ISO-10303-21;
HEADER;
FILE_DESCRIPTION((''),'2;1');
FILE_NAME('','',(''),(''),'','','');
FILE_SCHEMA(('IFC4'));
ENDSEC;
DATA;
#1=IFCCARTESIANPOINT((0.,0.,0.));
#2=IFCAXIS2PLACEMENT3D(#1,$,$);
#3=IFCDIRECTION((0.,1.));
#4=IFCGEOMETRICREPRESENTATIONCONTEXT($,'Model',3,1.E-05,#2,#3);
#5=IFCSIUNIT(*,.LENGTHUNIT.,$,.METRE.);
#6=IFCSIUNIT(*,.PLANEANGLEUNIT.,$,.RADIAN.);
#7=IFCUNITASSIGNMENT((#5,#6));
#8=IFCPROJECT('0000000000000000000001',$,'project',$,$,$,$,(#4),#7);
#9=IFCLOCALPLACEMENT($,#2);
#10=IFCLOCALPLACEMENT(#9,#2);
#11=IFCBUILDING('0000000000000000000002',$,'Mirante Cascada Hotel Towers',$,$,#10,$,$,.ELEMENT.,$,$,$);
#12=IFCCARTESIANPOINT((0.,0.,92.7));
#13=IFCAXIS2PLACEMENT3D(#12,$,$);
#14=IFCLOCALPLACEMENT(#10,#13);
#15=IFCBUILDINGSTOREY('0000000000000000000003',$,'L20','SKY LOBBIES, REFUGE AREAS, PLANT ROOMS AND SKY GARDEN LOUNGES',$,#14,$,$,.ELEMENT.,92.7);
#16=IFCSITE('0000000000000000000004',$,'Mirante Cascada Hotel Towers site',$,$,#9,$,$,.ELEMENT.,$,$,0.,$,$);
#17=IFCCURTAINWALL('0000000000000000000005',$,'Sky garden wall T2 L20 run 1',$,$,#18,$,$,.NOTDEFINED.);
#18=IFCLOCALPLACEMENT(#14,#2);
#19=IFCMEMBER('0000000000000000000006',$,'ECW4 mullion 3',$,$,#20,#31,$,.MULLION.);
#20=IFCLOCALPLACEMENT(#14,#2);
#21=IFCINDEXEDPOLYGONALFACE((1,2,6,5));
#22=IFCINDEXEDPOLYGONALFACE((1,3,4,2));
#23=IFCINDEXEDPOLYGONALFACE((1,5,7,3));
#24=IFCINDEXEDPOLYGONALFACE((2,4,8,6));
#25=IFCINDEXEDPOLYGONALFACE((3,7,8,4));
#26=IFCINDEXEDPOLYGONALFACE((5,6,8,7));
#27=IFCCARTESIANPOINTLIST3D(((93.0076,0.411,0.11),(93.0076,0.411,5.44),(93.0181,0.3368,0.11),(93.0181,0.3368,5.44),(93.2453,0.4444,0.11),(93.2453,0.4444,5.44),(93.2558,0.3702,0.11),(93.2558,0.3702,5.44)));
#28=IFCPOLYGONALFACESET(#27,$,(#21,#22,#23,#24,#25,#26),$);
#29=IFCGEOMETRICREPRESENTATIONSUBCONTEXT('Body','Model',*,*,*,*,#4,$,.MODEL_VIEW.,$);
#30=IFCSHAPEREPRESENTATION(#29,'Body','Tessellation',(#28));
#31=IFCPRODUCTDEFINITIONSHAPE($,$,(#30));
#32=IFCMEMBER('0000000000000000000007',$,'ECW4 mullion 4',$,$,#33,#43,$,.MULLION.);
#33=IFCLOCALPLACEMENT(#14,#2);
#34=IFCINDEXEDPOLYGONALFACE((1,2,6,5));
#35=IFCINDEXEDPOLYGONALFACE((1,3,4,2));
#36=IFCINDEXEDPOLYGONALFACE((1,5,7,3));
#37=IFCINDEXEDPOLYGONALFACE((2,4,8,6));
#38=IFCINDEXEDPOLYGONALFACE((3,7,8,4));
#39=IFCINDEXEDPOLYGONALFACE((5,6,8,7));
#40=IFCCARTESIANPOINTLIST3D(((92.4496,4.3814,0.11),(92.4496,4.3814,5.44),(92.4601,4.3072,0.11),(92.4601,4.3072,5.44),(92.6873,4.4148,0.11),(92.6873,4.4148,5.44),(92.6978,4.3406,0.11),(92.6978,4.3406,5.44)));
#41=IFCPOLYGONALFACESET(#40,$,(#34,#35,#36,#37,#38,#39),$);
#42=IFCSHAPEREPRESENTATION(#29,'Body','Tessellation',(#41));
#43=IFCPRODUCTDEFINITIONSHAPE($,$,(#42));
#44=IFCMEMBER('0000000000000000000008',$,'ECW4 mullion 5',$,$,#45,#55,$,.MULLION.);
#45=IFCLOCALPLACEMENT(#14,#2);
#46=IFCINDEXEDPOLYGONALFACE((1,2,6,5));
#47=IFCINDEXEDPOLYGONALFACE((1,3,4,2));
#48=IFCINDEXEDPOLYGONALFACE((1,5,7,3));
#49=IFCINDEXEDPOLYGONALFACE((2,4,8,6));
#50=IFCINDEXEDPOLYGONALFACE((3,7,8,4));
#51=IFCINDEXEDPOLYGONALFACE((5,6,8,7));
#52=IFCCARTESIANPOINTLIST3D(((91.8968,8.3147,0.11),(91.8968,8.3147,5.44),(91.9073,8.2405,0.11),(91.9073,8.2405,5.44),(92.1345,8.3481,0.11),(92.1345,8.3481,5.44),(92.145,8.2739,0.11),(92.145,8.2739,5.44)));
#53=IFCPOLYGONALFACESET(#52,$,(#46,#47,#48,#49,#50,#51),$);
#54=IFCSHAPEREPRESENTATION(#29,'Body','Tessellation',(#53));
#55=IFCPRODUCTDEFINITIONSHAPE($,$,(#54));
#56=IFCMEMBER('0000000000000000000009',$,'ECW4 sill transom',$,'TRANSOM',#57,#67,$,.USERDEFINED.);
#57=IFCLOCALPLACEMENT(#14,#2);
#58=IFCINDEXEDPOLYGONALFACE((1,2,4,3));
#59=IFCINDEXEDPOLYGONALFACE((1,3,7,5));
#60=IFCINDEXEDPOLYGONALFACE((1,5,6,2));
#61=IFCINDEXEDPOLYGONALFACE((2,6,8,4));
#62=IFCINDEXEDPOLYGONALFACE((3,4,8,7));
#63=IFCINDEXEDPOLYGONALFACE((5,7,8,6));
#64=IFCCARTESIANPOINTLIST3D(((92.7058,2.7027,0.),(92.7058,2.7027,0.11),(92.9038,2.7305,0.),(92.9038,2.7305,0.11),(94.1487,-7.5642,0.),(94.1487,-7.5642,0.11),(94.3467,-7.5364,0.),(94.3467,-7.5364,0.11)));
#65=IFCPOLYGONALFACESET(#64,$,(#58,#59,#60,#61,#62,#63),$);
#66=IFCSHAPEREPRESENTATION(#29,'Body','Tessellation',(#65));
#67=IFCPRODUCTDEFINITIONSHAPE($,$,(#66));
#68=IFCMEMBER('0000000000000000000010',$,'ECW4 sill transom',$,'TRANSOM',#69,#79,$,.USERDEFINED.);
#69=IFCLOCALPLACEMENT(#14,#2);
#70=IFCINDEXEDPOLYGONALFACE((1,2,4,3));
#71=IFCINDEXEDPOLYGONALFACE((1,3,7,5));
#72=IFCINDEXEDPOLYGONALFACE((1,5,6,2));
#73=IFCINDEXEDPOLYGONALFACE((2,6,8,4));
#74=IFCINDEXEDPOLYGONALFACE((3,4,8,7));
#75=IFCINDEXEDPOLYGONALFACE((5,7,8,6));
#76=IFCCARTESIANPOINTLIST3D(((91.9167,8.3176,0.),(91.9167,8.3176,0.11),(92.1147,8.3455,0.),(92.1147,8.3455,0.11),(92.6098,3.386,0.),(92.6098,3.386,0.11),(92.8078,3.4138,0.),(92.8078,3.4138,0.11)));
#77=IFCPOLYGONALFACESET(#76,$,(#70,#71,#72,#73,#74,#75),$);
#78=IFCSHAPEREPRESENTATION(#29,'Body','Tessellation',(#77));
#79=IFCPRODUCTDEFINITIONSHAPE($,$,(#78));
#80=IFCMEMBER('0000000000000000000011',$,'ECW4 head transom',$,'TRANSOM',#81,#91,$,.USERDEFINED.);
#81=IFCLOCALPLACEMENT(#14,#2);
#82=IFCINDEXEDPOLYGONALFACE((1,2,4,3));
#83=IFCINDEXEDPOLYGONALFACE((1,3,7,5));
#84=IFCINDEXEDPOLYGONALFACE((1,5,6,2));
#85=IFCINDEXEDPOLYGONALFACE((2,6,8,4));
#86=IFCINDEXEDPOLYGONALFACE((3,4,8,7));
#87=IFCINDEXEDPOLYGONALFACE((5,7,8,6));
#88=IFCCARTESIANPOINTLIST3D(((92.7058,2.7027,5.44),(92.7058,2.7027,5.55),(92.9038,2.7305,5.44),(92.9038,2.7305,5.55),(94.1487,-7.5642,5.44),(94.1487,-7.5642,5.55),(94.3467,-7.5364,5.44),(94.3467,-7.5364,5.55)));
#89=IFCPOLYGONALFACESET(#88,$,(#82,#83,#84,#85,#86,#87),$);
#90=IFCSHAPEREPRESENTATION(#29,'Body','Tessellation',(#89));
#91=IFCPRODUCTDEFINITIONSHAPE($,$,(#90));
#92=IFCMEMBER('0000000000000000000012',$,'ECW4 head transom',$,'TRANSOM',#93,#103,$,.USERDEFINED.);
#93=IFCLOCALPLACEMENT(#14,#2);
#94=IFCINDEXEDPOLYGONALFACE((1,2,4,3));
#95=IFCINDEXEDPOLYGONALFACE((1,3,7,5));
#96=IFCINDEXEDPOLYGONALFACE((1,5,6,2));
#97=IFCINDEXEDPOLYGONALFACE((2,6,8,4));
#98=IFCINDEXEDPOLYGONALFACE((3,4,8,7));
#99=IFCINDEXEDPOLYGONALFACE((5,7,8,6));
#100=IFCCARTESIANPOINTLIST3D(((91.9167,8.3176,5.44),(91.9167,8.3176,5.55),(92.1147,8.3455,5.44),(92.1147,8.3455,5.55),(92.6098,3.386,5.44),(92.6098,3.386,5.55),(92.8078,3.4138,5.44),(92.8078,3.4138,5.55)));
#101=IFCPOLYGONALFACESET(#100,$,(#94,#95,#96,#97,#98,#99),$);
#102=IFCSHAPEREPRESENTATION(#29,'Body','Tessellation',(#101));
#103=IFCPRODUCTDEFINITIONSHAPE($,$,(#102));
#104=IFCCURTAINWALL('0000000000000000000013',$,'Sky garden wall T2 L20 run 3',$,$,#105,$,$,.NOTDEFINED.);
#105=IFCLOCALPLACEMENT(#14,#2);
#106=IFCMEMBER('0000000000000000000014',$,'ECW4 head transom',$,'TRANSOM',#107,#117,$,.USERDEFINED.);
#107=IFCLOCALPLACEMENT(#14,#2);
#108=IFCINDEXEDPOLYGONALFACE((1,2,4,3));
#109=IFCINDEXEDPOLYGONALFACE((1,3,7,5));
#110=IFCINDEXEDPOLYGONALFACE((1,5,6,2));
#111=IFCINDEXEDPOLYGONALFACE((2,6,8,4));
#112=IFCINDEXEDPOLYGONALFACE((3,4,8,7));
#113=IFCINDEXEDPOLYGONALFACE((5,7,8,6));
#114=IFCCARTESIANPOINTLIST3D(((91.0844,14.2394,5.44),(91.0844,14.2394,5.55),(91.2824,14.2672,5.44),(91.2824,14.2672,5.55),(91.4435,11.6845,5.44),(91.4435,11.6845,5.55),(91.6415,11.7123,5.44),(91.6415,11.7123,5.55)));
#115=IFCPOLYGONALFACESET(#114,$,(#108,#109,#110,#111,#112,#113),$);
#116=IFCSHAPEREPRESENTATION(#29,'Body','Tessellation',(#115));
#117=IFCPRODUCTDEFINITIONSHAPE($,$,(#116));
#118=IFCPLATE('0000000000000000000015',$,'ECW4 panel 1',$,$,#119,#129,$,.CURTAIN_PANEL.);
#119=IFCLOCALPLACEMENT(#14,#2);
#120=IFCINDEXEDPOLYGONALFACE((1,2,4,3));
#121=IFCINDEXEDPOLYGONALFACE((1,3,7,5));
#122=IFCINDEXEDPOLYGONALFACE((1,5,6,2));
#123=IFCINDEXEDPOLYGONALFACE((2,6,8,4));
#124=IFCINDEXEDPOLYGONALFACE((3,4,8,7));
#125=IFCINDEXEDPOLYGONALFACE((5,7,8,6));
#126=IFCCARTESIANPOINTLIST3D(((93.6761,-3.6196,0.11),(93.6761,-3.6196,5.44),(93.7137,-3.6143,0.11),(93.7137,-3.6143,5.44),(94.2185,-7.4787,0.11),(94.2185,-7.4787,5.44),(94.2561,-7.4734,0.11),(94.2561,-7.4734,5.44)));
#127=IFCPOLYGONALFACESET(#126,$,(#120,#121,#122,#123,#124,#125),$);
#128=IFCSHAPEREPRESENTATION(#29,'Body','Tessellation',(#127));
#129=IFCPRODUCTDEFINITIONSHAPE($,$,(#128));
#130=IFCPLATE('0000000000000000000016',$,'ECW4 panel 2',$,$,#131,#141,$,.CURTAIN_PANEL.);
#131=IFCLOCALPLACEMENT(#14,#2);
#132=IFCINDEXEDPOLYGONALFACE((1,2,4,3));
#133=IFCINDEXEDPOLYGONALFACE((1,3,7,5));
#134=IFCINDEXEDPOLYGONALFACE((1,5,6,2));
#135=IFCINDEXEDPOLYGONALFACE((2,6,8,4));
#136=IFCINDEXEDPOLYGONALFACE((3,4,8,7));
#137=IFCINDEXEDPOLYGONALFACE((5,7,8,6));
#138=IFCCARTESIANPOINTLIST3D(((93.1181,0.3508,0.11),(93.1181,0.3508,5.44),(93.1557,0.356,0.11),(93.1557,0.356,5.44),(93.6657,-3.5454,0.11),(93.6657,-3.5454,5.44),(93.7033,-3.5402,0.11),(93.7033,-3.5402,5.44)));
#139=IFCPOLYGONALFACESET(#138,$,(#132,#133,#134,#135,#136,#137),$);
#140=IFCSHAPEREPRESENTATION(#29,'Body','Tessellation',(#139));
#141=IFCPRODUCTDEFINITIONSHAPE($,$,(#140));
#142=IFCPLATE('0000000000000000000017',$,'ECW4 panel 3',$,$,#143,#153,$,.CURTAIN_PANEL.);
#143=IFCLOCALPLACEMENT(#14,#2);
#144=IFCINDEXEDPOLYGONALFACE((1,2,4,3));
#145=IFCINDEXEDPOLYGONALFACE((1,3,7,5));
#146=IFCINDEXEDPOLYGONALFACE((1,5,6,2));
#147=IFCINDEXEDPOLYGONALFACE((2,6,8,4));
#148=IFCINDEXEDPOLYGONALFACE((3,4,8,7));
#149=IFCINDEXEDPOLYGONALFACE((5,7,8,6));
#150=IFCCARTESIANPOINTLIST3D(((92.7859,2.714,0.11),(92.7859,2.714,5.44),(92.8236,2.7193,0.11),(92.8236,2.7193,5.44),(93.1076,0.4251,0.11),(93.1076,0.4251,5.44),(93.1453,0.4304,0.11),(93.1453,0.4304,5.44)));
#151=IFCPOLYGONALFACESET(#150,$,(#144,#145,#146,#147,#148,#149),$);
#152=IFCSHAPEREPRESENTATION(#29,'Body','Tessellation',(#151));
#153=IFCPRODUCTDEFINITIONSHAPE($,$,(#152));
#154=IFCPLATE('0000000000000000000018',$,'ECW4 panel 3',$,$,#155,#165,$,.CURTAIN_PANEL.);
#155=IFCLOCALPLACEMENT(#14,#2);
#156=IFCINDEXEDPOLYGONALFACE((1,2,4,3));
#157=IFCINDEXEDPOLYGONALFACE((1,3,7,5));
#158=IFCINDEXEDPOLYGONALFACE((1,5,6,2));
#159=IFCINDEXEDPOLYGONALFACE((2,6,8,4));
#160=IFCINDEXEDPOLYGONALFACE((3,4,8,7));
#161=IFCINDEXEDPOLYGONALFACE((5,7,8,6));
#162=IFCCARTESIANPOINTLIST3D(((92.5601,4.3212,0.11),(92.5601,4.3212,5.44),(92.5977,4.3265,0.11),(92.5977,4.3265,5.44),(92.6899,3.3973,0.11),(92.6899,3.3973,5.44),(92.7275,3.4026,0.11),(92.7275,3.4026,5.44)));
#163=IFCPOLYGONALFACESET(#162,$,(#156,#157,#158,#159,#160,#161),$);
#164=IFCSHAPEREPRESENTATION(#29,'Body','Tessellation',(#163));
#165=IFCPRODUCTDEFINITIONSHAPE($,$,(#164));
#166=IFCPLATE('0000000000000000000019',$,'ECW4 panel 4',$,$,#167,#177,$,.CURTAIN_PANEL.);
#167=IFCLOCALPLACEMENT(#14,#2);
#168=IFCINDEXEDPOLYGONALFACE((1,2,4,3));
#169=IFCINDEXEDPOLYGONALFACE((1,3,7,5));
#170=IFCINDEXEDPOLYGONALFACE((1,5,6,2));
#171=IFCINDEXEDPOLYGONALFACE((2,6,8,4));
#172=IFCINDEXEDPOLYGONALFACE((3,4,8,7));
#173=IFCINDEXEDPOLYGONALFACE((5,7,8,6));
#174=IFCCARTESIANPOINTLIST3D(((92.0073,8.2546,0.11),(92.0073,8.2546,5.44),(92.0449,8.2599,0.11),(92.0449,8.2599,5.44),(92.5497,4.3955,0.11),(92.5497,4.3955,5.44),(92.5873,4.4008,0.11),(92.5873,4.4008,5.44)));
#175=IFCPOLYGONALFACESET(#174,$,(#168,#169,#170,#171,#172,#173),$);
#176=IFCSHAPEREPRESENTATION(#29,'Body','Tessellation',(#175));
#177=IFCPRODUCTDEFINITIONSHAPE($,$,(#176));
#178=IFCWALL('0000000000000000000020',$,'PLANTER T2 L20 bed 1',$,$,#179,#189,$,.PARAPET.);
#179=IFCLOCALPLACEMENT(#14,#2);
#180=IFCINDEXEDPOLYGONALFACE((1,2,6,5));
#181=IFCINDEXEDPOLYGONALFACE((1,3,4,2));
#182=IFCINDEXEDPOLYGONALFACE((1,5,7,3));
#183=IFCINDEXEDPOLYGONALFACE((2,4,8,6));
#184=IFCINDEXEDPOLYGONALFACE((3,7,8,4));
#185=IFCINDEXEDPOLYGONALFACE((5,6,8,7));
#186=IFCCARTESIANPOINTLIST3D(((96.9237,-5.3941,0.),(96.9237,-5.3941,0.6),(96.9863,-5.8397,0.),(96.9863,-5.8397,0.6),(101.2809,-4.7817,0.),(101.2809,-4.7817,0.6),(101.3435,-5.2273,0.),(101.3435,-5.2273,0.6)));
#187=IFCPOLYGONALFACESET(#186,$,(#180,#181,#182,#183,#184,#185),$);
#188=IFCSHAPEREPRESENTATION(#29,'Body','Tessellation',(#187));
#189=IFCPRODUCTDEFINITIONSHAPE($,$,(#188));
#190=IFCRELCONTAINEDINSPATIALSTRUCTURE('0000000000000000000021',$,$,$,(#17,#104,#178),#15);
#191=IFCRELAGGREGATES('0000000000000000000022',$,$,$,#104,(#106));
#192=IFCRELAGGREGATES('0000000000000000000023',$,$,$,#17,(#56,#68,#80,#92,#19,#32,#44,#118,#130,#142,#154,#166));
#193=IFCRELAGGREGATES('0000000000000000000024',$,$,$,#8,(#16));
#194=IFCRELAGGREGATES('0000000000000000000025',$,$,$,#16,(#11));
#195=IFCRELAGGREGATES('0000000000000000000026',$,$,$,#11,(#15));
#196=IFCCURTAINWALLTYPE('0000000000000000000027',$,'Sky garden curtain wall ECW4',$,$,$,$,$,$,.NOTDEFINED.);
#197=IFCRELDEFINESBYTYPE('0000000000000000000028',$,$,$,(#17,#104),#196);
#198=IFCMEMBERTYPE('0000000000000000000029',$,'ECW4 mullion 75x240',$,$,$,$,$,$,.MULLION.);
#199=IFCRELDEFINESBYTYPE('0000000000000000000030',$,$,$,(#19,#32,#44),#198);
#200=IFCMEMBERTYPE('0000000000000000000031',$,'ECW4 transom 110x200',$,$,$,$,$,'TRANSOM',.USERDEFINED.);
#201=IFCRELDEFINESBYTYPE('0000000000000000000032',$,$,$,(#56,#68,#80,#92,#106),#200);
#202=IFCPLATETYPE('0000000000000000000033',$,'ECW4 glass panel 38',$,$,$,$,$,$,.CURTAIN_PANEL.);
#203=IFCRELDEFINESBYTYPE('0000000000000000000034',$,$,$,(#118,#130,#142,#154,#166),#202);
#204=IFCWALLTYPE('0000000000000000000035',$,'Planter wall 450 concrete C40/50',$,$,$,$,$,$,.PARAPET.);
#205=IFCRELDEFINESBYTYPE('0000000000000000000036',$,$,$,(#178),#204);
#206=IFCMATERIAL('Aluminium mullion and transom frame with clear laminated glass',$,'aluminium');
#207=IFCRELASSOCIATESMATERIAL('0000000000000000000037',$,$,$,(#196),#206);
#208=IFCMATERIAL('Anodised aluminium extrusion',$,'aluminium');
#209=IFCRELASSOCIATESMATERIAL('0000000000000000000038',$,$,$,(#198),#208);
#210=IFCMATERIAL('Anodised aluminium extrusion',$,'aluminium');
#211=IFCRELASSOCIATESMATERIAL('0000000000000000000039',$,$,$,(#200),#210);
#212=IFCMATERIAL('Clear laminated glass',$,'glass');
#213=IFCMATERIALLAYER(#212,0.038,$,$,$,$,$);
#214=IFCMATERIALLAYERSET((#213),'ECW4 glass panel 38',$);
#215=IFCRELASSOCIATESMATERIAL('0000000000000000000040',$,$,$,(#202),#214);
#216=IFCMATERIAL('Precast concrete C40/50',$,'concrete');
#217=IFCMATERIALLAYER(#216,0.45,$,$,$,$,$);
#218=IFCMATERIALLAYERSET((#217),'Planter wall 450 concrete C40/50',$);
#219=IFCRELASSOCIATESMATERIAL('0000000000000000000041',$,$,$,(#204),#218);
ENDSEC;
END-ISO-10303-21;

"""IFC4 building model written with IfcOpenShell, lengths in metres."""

from ifc_helpers import new_model, si_unit, direction, frame, frame_2d, origin, origin_2d, place, context, subcontext, project, spatial, rectangle, extrude, material, layer, layer_set, material_profile, profile_set, type_object, element, aggregate, save


model = new_model("IFC4")

# Units and contexts
model_context = context("Model", 3, precision=1e-05, world=origin(), true_north=direction((0.0, 1.0)))
body_context = subcontext(model_context, "Body", "Model", "MODEL_VIEW")
ifc_project = project(units=[si_unit("LENGTHUNIT", "METRE"), si_unit("PLANEANGLEUNIT", "RADIAN")], contexts=[model_context])

# Site, building, storey
site_placement = place(None, origin())
site = spatial("IfcSite", under=ifc_project, at=site_placement, Name="Mirante Cascada Hotel Towers site", CompositionType="ELEMENT", RefElevation=0.0)
building_placement = place(site_placement, origin())
building = spatial("IfcBuilding", under=site, at=building_placement, Name="Mirante Cascada Hotel Towers", CompositionType="ELEMENT")
storey_placement = place(building_placement, frame((0.0, 0.0, 92.7)))
storey = spatial("IfcBuildingStorey", under=building, at=storey_placement, Name="L20", Description="SKY LOBBIES, REFUGE AREAS, PLANT ROOMS AND SKY GARDEN LOUNGES", CompositionType="ELEMENT", Elevation=92.7)

# Curtain wall, members
ifc_material_1 = material(Name="Aluminium mullion and transom frame with clear laminated glass", Category="aluminium")
curtain_wall_type = type_object("IfcCurtainWallType", Name="Sky garden curtain wall ECW4", PredefinedType="NOTDEFINED", material=ifc_material_1)
curtain_wall_1_placement = place(storey_placement, origin())
curtain_wall_1 = element("IfcCurtainWall", 1, at=curtain_wall_1_placement, inside=storey, type_object=curtain_wall_type, Name="Sky garden wall T2 L20 run 1", PredefinedType="NOTDEFINED")
ifc_material_2 = material(Name="Anodised aluminium extrusion", Category="aluminium")
ifc_material_profile_1 = material_profile(ifc_material_2, rectangle(XDim=0.24, YDim=0.075, at=origin_2d()), Name="ECW4 MULLION 75x240")
ifc_profile_set_1 = profile_set([ifc_material_profile_1], Name="Anodised aluminium extrusion")
member_type_1 = type_object("IfcMemberType", Name="ECW4 mullion 75x240", PredefinedType="MULLION", material=ifc_profile_set_1)
member_1_placement = place(storey_placement, frame((93.1317, 0.3906, 0.11), z_axis=(0.0, 0.0, 1.0), x_axis=(-0.990268, -0.139173, 0.0)))
member_1 = element("IfcMember", 2, at=member_1_placement, type_object=member_type_1, Name="ECW4 mullion 3", PredefinedType="MULLION", context=body_context, shape_type="SweptSolid", body=[
    extrude(rectangle(XDim=0.24, YDim=0.075, at=origin_2d()), origin(), (0.0, 0.0, 1.0), 5.33),
])
member_2_placement = place(storey_placement, frame((92.5737, 4.361, 0.11), z_axis=(0.0, 0.0, 1.0), x_axis=(-0.990268, -0.139173, 0.0)))
member_2 = element("IfcMember", 3, at=member_2_placement, type_object=member_type_1, Name="ECW4 mullion 4", PredefinedType="MULLION", context=body_context, shape_type="SweptSolid", body=[
    extrude(rectangle(XDim=0.24, YDim=0.075, at=origin_2d()), origin(), (0.0, 0.0, 1.0), 5.33),
])
member_3_placement = place(storey_placement, frame((92.0209, 8.2943, 0.11), z_axis=(0.0, 0.0, 1.0), x_axis=(-0.990268, -0.139173, 0.0)))
member_3 = element("IfcMember", 4, at=member_3_placement, type_object=member_type_1, Name="ECW4 mullion 5", PredefinedType="MULLION", context=body_context, shape_type="SweptSolid", body=[
    extrude(rectangle(XDim=0.24, YDim=0.075, at=origin_2d()), origin(), (0.0, 0.0, 1.0), 5.33),
])
ifc_material_3 = material(Name="Anodised aluminium extrusion", Category="aluminium")
ifc_material_profile_2 = material_profile(ifc_material_3, rectangle(XDim=0.2, YDim=0.11, at=origin_2d()), Name="ECW4 TRANSOM 110x200")
ifc_profile_set_2 = profile_set([ifc_material_profile_2], Name="Anodised aluminium extrusion")
member_type_2 = type_object("IfcMemberType", Name="ECW4 transom 110x200", ElementType="TRANSOM", PredefinedType="USERDEFINED", material=ifc_profile_set_2)
member_4_placement = place(storey_placement, frame((94.2477, -7.5503, 0.055), z_axis=(-0.139171, 0.990268, 0.0), x_axis=(-0.990268, -0.139171, 0.0)))
member_4 = element("IfcMember", 5, at=member_4_placement, type_object=member_type_2, Name="ECW4 sill transom", ObjectType="TRANSOM", PredefinedType="USERDEFINED", context=body_context, shape_type="SweptSolid", body=[
    extrude(rectangle(XDim=0.2, YDim=0.11, at=origin_2d()), origin(), (0.0, 0.0, 1.0), 10.3678),
])
member_5_placement = place(storey_placement, frame((92.7088, 3.3999, 0.055), z_axis=(-0.139175, 0.990268, 0.0), x_axis=(-0.990268, -0.139175, 0.0)))
member_5 = element("IfcMember", 6, at=member_5_placement, type_object=member_type_2, Name="ECW4 sill transom", ObjectType="TRANSOM", PredefinedType="USERDEFINED", context=body_context, shape_type="SweptSolid", body=[
    extrude(rectangle(XDim=0.2, YDim=0.11, at=origin_2d()), origin(), (0.0, 0.0, 1.0), 4.9801),
])
member_6_placement = place(storey_placement, frame((94.2477, -7.5503, 5.495), z_axis=(-0.139171, 0.990268, 0.0), x_axis=(-0.990268, -0.139171, 0.0)))
member_6 = element("IfcMember", 7, at=member_6_placement, type_object=member_type_2, Name="ECW4 head transom", ObjectType="TRANSOM", PredefinedType="USERDEFINED", context=body_context, shape_type="SweptSolid", body=[
    extrude(rectangle(XDim=0.2, YDim=0.11, at=origin_2d()), origin(), (0.0, 0.0, 1.0), 10.3678),
])
member_7_placement = place(storey_placement, frame((92.7088, 3.3999, 5.495), z_axis=(-0.139175, 0.990268, 0.0), x_axis=(-0.990268, -0.139175, 0.0)))
member_7 = element("IfcMember", 8, at=member_7_placement, type_object=member_type_2, Name="ECW4 head transom", ObjectType="TRANSOM", PredefinedType="USERDEFINED", context=body_context, shape_type="SweptSolid", body=[
    extrude(rectangle(XDim=0.2, YDim=0.11, at=origin_2d()), origin(), (0.0, 0.0, 1.0), 4.9801),
])

# Curtain wall, member
curtain_wall_2_placement = place(storey_placement, origin())
curtain_wall_2 = element("IfcCurtainWall", 9, at=curtain_wall_2_placement, inside=storey, type_object=curtain_wall_type, Name="Sky garden wall T2 L20 run 3", PredefinedType="NOTDEFINED")
member_8_placement = place(storey_placement, frame((91.5425, 11.6984, 5.495), z_axis=(-0.139185, 0.990266, 0.0), x_axis=(-0.990266, -0.139185, 0.0)))
member_8 = element("IfcMember", 10, at=member_8_placement, type_object=member_type_2, Name="ECW4 head transom", ObjectType="TRANSOM", PredefinedType="USERDEFINED", context=body_context, shape_type="SweptSolid", body=[
    extrude(rectangle(XDim=0.2, YDim=0.11, at=origin_2d()), origin(), (0.0, 0.0, 1.0), 2.58),
])
aggregate(curtain_wall_2, [member_8])

# Plates
ifc_material_4 = material(Name="Clear laminated glass", Category="glass")
ifc_layer_1 = layer(ifc_material_4, 0.038)
ifc_layer_set_1 = layer_set([ifc_layer_1], Name="ECW4 glass panel 38")
plate_type = type_object("IfcPlateType", Name="ECW4 glass panel 38", PredefinedType="CURTAIN_PANEL", material=ifc_layer_set_1)
plate_1_placement = place(storey_placement, frame((93.9661, -5.5465, 0.11), z_axis=(0.0, 0.0, 1.0), x_axis=(-0.139173, 0.990268, 0.0)))
plate_1 = element("IfcPlate", 11, at=plate_1_placement, type_object=plate_type, Name="ECW4 panel 1", PredefinedType="CURTAIN_PANEL", context=body_context, shape_type="SweptSolid", body=[
    extrude(rectangle(XDim=3.897, YDim=0.038, at=origin_2d()), origin(), (0.0, 0.0, 1.0), 5.33),
])
plate_2_placement = place(storey_placement, frame((93.4107, -1.5947, 0.11), z_axis=(0.0, 0.0, 1.0), x_axis=(-0.139173, 0.990268, 0.0)))
plate_2 = element("IfcPlate", 12, at=plate_2_placement, type_object=plate_type, Name="ECW4 panel 2", PredefinedType="CURTAIN_PANEL", context=body_context, shape_type="SweptSolid", body=[
    extrude(rectangle(XDim=3.9345, YDim=0.038, at=origin_2d()), origin(), (0.0, 0.0, 1.0), 5.33),
])
plate_3_placement = place(storey_placement, frame((92.9656, 1.5722, 0.11), z_axis=(0.0, 0.0, 1.0), x_axis=(-0.139173, 0.990268, 0.0)))
plate_3 = element("IfcPlate", 13, at=plate_3_placement, type_object=plate_type, Name="ECW4 panel 3", PredefinedType="CURTAIN_PANEL", context=body_context, shape_type="SweptSolid", body=[
    extrude(rectangle(XDim=2.3114, YDim=0.038, at=origin_2d()), origin(), (0.0, 0.0, 1.0), 5.33),
])
plate_4_placement = place(storey_placement, frame((92.6438, 3.8619, 0.11), z_axis=(0.0, 0.0, 1.0), x_axis=(-0.139173, 0.990268, 0.0)))
plate_4 = element("IfcPlate", 14, at=plate_4_placement, type_object=plate_type, Name="ECW4 panel 3", PredefinedType="CURTAIN_PANEL", context=body_context, shape_type="SweptSolid", body=[
    extrude(rectangle(XDim=0.933, YDim=0.038, at=origin_2d()), origin(), (0.0, 0.0, 1.0), 5.33),
])
plate_5_placement = place(storey_placement, frame((92.2973, 6.3277, 0.11), z_axis=(0.0, 0.0, 1.0), x_axis=(-0.139173, 0.990268, 0.0)))
plate_5 = element("IfcPlate", 15, at=plate_5_placement, type_object=plate_type, Name="ECW4 panel 4", PredefinedType="CURTAIN_PANEL", context=body_context, shape_type="SweptSolid", body=[
    extrude(rectangle(XDim=3.897, YDim=0.038, at=origin_2d()), origin(), (0.0, 0.0, 1.0), 5.33),
])
aggregate(curtain_wall_1, [member_4, member_5, member_6, member_7, member_1, member_2, member_3, plate_1, plate_2, plate_3, plate_4, plate_5])

# Wall
ifc_material_5 = material(Name="Precast concrete C40/50", Category="concrete")
ifc_layer_2 = layer(ifc_material_5, 0.45)
ifc_layer_set_2 = layer_set([ifc_layer_2], Name="Planter wall 450 concrete C40/50")
wall_type_1 = type_object("IfcWallType", Name="Planter wall 450 concrete C40/50", PredefinedType="PARAPET", material=ifc_layer_set_2)
wall_1_placement = place(storey_placement, frame((96.955, -5.6169, 0.0), z_axis=(0.0, 0.0, 1.0), x_axis=(0.990267, 0.139181, 0.0)))
element("IfcWall", 16, at=wall_1_placement, inside=storey, type_object=wall_type_1, Name="PLANTER T2 L20 bed 1", PredefinedType="PARAPET", context=body_context, shape_type="SweptSolid", body=[
    extrude(rectangle(XDim=4.4, YDim=0.45, at=frame_2d((2.2, 0.0))), origin(), (0.0, 0.0, 1.0), 0.6),
])

save(model, "model.ifc")
